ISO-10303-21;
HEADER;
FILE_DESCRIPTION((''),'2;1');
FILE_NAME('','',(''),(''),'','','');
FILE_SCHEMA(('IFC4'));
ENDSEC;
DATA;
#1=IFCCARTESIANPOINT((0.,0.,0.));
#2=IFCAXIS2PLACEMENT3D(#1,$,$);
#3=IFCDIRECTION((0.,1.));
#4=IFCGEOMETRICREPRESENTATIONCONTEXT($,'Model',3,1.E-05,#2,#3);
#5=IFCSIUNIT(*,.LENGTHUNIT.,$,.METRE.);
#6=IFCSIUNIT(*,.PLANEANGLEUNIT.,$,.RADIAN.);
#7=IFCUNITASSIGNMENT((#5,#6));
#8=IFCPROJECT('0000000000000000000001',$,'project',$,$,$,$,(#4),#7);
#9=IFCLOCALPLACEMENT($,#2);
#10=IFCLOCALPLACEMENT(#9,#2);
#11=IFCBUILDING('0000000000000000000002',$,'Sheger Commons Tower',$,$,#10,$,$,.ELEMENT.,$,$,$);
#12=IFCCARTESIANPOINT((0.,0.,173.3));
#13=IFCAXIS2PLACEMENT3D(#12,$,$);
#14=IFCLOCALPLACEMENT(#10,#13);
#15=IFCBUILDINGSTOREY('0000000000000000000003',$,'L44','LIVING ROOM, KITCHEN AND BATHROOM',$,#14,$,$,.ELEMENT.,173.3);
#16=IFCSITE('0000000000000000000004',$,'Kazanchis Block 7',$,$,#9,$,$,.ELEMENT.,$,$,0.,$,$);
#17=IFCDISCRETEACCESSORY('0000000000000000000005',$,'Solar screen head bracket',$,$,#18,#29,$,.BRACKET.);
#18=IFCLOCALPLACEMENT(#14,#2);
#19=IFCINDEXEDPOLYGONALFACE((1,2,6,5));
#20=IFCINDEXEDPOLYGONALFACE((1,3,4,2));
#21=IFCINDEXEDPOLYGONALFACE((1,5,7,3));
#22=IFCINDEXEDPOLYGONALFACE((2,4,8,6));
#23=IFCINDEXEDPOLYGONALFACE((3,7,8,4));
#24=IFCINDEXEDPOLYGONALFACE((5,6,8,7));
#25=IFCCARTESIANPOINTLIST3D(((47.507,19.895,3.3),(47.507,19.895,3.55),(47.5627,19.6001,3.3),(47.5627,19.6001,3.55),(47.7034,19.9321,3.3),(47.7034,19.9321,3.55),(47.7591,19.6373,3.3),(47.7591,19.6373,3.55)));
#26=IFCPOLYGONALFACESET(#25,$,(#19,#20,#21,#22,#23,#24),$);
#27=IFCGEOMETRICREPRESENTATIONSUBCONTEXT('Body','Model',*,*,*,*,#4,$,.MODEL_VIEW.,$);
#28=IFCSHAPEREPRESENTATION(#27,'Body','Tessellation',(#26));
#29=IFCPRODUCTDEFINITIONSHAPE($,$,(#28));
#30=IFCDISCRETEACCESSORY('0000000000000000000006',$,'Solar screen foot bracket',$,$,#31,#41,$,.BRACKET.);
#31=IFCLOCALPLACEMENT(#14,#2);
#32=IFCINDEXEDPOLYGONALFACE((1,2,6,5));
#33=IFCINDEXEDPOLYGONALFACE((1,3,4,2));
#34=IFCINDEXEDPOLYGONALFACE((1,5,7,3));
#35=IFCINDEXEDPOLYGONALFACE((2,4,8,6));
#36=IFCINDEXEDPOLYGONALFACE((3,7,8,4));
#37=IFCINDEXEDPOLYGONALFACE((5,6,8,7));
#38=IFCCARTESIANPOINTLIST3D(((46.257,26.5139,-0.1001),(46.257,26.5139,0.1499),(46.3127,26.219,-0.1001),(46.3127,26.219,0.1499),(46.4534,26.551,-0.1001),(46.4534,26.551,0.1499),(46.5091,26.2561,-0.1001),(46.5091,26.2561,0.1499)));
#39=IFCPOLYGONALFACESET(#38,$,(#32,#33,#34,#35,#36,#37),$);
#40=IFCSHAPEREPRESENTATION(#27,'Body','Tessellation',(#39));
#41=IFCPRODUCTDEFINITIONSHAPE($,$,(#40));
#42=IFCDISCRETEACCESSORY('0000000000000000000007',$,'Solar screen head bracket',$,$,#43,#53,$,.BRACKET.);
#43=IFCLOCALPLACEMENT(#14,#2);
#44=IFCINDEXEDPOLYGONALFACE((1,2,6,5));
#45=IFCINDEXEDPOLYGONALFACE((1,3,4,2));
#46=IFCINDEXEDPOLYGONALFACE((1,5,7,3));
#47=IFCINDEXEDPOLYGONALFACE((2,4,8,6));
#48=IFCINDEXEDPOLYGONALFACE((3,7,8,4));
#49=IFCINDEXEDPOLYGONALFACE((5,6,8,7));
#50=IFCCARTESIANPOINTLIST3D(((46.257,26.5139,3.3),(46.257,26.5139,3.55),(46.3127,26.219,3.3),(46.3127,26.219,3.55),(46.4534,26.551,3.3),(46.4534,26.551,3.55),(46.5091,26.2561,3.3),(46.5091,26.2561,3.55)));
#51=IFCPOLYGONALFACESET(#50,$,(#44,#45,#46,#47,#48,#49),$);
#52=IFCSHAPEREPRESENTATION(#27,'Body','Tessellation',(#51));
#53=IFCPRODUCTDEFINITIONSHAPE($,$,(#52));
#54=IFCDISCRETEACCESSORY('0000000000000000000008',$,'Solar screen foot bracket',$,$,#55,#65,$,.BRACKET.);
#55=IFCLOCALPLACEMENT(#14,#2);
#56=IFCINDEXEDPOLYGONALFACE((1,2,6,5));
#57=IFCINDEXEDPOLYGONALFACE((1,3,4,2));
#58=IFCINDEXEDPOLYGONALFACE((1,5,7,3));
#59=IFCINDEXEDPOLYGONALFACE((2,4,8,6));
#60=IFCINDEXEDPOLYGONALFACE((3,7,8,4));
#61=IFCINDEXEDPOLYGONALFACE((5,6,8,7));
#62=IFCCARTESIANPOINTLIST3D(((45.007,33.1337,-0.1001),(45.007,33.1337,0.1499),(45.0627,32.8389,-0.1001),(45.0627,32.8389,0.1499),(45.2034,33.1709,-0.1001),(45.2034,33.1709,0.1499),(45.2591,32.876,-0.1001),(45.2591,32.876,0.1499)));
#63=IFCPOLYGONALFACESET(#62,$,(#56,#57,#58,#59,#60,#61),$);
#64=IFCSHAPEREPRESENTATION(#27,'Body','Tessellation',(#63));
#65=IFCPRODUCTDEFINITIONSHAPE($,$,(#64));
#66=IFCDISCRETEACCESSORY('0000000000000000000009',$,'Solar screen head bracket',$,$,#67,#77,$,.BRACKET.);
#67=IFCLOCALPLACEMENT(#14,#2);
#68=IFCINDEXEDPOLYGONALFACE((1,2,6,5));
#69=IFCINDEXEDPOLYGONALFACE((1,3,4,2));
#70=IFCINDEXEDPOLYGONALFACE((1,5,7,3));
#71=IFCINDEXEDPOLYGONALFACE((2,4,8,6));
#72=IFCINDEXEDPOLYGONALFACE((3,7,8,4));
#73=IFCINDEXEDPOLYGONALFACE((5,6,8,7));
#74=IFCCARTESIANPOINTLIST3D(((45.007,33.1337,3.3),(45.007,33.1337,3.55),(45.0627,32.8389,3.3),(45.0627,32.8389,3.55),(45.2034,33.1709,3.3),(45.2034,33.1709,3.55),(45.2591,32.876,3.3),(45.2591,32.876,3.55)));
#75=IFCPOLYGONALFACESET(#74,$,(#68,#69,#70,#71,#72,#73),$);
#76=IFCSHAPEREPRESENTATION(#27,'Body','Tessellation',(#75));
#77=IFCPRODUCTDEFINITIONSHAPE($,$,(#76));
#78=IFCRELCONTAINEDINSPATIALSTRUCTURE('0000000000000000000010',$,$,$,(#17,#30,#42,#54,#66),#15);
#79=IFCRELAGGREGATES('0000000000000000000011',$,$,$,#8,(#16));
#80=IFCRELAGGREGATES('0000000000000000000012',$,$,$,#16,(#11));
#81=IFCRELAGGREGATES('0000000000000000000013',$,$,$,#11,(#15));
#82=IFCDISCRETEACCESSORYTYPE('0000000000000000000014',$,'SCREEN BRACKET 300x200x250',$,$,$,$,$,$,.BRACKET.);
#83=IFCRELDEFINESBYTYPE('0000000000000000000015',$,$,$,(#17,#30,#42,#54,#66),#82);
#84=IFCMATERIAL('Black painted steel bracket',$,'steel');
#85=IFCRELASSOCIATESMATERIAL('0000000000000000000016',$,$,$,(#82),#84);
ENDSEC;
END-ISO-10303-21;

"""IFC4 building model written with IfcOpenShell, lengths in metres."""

from ifc_helpers import new_model, si_unit, direction, frame, origin, origin_2d, place, context, subcontext, project, spatial, rectangle, extrude, material, type_object, element, save


model = new_model("IFC4")

# Units and contexts
model_context = context("Model", 3, precision=1e-05, world=origin(), true_north=direction((0.0, 1.0)))
body_context = subcontext(model_context, "Body", "Model", "MODEL_VIEW")
ifc_project = project(units=[si_unit("LENGTHUNIT", "METRE"), si_unit("PLANEANGLEUNIT", "RADIAN")], contexts=[model_context])

# Site, building, storey
site_placement = place(None, origin())
site = spatial("IfcSite", under=ifc_project, at=site_placement, Name="Kazanchis Block 7", CompositionType="ELEMENT", RefElevation=0.0)
building_placement = place(site_placement, origin())
building = spatial("IfcBuilding", under=site, at=building_placement, Name="Sheger Commons Tower", CompositionType="ELEMENT")
storey_placement = place(building_placement, frame((0.0, 0.0, 173.3)))
storey = spatial("IfcBuildingStorey", under=building, at=storey_placement, Name="L44", Description="LIVING ROOM, KITCHEN AND BATHROOM", CompositionType="ELEMENT", Elevation=173.3)

# Discrete accessories
ifc_material_1 = material(Name="Black painted steel bracket", Category="steel")
discrete_accessory_type = type_object("IfcDiscreteAccessoryType", Name="SCREEN BRACKET 300x200x250", PredefinedType="BRACKET", material=ifc_material_1)
for number, where, z_axis, x_axis, name in (
    (1, (47.6331, 19.7661, 3.3), (0.0, 0.0, 1.0), (-0.185615, 0.982623, 0.0), "Solar screen head bracket"),
    (2, (46.3831, 26.385, -0.1001), (0.0, 0.0, 1.0), (-0.185615, 0.982623, 0.0), "Solar screen foot bracket"),
    (3, (46.3831, 26.385, 3.3), (0.0, 0.0, 1.0), (-0.185615, 0.982623, 0.0), "Solar screen head bracket"),
    (4, (45.1331, 33.0049, -0.1001), (0.0, 0.0, 1.0), (-0.185615, 0.982623, 0.0), "Solar screen foot bracket"),
    (5, (45.1331, 33.0049, 3.3), (0.0, 0.0, 1.0), (-0.185615, 0.982623, 0.0), "Solar screen head bracket"),
):
    element("IfcDiscreteAccessory", number, at=place(storey_placement, frame(where, z_axis=z_axis, x_axis=x_axis)), inside=storey, type_object=discrete_accessory_type, Name=name, PredefinedType="BRACKET", context=body_context, shape_type="SweptSolid", body=[
        extrude(rectangle(XDim=0.3, YDim=0.2, at=origin_2d()), origin(), (0.0, 0.0, 1.0), 0.25),
    ])

save(model, "model.ifc")
